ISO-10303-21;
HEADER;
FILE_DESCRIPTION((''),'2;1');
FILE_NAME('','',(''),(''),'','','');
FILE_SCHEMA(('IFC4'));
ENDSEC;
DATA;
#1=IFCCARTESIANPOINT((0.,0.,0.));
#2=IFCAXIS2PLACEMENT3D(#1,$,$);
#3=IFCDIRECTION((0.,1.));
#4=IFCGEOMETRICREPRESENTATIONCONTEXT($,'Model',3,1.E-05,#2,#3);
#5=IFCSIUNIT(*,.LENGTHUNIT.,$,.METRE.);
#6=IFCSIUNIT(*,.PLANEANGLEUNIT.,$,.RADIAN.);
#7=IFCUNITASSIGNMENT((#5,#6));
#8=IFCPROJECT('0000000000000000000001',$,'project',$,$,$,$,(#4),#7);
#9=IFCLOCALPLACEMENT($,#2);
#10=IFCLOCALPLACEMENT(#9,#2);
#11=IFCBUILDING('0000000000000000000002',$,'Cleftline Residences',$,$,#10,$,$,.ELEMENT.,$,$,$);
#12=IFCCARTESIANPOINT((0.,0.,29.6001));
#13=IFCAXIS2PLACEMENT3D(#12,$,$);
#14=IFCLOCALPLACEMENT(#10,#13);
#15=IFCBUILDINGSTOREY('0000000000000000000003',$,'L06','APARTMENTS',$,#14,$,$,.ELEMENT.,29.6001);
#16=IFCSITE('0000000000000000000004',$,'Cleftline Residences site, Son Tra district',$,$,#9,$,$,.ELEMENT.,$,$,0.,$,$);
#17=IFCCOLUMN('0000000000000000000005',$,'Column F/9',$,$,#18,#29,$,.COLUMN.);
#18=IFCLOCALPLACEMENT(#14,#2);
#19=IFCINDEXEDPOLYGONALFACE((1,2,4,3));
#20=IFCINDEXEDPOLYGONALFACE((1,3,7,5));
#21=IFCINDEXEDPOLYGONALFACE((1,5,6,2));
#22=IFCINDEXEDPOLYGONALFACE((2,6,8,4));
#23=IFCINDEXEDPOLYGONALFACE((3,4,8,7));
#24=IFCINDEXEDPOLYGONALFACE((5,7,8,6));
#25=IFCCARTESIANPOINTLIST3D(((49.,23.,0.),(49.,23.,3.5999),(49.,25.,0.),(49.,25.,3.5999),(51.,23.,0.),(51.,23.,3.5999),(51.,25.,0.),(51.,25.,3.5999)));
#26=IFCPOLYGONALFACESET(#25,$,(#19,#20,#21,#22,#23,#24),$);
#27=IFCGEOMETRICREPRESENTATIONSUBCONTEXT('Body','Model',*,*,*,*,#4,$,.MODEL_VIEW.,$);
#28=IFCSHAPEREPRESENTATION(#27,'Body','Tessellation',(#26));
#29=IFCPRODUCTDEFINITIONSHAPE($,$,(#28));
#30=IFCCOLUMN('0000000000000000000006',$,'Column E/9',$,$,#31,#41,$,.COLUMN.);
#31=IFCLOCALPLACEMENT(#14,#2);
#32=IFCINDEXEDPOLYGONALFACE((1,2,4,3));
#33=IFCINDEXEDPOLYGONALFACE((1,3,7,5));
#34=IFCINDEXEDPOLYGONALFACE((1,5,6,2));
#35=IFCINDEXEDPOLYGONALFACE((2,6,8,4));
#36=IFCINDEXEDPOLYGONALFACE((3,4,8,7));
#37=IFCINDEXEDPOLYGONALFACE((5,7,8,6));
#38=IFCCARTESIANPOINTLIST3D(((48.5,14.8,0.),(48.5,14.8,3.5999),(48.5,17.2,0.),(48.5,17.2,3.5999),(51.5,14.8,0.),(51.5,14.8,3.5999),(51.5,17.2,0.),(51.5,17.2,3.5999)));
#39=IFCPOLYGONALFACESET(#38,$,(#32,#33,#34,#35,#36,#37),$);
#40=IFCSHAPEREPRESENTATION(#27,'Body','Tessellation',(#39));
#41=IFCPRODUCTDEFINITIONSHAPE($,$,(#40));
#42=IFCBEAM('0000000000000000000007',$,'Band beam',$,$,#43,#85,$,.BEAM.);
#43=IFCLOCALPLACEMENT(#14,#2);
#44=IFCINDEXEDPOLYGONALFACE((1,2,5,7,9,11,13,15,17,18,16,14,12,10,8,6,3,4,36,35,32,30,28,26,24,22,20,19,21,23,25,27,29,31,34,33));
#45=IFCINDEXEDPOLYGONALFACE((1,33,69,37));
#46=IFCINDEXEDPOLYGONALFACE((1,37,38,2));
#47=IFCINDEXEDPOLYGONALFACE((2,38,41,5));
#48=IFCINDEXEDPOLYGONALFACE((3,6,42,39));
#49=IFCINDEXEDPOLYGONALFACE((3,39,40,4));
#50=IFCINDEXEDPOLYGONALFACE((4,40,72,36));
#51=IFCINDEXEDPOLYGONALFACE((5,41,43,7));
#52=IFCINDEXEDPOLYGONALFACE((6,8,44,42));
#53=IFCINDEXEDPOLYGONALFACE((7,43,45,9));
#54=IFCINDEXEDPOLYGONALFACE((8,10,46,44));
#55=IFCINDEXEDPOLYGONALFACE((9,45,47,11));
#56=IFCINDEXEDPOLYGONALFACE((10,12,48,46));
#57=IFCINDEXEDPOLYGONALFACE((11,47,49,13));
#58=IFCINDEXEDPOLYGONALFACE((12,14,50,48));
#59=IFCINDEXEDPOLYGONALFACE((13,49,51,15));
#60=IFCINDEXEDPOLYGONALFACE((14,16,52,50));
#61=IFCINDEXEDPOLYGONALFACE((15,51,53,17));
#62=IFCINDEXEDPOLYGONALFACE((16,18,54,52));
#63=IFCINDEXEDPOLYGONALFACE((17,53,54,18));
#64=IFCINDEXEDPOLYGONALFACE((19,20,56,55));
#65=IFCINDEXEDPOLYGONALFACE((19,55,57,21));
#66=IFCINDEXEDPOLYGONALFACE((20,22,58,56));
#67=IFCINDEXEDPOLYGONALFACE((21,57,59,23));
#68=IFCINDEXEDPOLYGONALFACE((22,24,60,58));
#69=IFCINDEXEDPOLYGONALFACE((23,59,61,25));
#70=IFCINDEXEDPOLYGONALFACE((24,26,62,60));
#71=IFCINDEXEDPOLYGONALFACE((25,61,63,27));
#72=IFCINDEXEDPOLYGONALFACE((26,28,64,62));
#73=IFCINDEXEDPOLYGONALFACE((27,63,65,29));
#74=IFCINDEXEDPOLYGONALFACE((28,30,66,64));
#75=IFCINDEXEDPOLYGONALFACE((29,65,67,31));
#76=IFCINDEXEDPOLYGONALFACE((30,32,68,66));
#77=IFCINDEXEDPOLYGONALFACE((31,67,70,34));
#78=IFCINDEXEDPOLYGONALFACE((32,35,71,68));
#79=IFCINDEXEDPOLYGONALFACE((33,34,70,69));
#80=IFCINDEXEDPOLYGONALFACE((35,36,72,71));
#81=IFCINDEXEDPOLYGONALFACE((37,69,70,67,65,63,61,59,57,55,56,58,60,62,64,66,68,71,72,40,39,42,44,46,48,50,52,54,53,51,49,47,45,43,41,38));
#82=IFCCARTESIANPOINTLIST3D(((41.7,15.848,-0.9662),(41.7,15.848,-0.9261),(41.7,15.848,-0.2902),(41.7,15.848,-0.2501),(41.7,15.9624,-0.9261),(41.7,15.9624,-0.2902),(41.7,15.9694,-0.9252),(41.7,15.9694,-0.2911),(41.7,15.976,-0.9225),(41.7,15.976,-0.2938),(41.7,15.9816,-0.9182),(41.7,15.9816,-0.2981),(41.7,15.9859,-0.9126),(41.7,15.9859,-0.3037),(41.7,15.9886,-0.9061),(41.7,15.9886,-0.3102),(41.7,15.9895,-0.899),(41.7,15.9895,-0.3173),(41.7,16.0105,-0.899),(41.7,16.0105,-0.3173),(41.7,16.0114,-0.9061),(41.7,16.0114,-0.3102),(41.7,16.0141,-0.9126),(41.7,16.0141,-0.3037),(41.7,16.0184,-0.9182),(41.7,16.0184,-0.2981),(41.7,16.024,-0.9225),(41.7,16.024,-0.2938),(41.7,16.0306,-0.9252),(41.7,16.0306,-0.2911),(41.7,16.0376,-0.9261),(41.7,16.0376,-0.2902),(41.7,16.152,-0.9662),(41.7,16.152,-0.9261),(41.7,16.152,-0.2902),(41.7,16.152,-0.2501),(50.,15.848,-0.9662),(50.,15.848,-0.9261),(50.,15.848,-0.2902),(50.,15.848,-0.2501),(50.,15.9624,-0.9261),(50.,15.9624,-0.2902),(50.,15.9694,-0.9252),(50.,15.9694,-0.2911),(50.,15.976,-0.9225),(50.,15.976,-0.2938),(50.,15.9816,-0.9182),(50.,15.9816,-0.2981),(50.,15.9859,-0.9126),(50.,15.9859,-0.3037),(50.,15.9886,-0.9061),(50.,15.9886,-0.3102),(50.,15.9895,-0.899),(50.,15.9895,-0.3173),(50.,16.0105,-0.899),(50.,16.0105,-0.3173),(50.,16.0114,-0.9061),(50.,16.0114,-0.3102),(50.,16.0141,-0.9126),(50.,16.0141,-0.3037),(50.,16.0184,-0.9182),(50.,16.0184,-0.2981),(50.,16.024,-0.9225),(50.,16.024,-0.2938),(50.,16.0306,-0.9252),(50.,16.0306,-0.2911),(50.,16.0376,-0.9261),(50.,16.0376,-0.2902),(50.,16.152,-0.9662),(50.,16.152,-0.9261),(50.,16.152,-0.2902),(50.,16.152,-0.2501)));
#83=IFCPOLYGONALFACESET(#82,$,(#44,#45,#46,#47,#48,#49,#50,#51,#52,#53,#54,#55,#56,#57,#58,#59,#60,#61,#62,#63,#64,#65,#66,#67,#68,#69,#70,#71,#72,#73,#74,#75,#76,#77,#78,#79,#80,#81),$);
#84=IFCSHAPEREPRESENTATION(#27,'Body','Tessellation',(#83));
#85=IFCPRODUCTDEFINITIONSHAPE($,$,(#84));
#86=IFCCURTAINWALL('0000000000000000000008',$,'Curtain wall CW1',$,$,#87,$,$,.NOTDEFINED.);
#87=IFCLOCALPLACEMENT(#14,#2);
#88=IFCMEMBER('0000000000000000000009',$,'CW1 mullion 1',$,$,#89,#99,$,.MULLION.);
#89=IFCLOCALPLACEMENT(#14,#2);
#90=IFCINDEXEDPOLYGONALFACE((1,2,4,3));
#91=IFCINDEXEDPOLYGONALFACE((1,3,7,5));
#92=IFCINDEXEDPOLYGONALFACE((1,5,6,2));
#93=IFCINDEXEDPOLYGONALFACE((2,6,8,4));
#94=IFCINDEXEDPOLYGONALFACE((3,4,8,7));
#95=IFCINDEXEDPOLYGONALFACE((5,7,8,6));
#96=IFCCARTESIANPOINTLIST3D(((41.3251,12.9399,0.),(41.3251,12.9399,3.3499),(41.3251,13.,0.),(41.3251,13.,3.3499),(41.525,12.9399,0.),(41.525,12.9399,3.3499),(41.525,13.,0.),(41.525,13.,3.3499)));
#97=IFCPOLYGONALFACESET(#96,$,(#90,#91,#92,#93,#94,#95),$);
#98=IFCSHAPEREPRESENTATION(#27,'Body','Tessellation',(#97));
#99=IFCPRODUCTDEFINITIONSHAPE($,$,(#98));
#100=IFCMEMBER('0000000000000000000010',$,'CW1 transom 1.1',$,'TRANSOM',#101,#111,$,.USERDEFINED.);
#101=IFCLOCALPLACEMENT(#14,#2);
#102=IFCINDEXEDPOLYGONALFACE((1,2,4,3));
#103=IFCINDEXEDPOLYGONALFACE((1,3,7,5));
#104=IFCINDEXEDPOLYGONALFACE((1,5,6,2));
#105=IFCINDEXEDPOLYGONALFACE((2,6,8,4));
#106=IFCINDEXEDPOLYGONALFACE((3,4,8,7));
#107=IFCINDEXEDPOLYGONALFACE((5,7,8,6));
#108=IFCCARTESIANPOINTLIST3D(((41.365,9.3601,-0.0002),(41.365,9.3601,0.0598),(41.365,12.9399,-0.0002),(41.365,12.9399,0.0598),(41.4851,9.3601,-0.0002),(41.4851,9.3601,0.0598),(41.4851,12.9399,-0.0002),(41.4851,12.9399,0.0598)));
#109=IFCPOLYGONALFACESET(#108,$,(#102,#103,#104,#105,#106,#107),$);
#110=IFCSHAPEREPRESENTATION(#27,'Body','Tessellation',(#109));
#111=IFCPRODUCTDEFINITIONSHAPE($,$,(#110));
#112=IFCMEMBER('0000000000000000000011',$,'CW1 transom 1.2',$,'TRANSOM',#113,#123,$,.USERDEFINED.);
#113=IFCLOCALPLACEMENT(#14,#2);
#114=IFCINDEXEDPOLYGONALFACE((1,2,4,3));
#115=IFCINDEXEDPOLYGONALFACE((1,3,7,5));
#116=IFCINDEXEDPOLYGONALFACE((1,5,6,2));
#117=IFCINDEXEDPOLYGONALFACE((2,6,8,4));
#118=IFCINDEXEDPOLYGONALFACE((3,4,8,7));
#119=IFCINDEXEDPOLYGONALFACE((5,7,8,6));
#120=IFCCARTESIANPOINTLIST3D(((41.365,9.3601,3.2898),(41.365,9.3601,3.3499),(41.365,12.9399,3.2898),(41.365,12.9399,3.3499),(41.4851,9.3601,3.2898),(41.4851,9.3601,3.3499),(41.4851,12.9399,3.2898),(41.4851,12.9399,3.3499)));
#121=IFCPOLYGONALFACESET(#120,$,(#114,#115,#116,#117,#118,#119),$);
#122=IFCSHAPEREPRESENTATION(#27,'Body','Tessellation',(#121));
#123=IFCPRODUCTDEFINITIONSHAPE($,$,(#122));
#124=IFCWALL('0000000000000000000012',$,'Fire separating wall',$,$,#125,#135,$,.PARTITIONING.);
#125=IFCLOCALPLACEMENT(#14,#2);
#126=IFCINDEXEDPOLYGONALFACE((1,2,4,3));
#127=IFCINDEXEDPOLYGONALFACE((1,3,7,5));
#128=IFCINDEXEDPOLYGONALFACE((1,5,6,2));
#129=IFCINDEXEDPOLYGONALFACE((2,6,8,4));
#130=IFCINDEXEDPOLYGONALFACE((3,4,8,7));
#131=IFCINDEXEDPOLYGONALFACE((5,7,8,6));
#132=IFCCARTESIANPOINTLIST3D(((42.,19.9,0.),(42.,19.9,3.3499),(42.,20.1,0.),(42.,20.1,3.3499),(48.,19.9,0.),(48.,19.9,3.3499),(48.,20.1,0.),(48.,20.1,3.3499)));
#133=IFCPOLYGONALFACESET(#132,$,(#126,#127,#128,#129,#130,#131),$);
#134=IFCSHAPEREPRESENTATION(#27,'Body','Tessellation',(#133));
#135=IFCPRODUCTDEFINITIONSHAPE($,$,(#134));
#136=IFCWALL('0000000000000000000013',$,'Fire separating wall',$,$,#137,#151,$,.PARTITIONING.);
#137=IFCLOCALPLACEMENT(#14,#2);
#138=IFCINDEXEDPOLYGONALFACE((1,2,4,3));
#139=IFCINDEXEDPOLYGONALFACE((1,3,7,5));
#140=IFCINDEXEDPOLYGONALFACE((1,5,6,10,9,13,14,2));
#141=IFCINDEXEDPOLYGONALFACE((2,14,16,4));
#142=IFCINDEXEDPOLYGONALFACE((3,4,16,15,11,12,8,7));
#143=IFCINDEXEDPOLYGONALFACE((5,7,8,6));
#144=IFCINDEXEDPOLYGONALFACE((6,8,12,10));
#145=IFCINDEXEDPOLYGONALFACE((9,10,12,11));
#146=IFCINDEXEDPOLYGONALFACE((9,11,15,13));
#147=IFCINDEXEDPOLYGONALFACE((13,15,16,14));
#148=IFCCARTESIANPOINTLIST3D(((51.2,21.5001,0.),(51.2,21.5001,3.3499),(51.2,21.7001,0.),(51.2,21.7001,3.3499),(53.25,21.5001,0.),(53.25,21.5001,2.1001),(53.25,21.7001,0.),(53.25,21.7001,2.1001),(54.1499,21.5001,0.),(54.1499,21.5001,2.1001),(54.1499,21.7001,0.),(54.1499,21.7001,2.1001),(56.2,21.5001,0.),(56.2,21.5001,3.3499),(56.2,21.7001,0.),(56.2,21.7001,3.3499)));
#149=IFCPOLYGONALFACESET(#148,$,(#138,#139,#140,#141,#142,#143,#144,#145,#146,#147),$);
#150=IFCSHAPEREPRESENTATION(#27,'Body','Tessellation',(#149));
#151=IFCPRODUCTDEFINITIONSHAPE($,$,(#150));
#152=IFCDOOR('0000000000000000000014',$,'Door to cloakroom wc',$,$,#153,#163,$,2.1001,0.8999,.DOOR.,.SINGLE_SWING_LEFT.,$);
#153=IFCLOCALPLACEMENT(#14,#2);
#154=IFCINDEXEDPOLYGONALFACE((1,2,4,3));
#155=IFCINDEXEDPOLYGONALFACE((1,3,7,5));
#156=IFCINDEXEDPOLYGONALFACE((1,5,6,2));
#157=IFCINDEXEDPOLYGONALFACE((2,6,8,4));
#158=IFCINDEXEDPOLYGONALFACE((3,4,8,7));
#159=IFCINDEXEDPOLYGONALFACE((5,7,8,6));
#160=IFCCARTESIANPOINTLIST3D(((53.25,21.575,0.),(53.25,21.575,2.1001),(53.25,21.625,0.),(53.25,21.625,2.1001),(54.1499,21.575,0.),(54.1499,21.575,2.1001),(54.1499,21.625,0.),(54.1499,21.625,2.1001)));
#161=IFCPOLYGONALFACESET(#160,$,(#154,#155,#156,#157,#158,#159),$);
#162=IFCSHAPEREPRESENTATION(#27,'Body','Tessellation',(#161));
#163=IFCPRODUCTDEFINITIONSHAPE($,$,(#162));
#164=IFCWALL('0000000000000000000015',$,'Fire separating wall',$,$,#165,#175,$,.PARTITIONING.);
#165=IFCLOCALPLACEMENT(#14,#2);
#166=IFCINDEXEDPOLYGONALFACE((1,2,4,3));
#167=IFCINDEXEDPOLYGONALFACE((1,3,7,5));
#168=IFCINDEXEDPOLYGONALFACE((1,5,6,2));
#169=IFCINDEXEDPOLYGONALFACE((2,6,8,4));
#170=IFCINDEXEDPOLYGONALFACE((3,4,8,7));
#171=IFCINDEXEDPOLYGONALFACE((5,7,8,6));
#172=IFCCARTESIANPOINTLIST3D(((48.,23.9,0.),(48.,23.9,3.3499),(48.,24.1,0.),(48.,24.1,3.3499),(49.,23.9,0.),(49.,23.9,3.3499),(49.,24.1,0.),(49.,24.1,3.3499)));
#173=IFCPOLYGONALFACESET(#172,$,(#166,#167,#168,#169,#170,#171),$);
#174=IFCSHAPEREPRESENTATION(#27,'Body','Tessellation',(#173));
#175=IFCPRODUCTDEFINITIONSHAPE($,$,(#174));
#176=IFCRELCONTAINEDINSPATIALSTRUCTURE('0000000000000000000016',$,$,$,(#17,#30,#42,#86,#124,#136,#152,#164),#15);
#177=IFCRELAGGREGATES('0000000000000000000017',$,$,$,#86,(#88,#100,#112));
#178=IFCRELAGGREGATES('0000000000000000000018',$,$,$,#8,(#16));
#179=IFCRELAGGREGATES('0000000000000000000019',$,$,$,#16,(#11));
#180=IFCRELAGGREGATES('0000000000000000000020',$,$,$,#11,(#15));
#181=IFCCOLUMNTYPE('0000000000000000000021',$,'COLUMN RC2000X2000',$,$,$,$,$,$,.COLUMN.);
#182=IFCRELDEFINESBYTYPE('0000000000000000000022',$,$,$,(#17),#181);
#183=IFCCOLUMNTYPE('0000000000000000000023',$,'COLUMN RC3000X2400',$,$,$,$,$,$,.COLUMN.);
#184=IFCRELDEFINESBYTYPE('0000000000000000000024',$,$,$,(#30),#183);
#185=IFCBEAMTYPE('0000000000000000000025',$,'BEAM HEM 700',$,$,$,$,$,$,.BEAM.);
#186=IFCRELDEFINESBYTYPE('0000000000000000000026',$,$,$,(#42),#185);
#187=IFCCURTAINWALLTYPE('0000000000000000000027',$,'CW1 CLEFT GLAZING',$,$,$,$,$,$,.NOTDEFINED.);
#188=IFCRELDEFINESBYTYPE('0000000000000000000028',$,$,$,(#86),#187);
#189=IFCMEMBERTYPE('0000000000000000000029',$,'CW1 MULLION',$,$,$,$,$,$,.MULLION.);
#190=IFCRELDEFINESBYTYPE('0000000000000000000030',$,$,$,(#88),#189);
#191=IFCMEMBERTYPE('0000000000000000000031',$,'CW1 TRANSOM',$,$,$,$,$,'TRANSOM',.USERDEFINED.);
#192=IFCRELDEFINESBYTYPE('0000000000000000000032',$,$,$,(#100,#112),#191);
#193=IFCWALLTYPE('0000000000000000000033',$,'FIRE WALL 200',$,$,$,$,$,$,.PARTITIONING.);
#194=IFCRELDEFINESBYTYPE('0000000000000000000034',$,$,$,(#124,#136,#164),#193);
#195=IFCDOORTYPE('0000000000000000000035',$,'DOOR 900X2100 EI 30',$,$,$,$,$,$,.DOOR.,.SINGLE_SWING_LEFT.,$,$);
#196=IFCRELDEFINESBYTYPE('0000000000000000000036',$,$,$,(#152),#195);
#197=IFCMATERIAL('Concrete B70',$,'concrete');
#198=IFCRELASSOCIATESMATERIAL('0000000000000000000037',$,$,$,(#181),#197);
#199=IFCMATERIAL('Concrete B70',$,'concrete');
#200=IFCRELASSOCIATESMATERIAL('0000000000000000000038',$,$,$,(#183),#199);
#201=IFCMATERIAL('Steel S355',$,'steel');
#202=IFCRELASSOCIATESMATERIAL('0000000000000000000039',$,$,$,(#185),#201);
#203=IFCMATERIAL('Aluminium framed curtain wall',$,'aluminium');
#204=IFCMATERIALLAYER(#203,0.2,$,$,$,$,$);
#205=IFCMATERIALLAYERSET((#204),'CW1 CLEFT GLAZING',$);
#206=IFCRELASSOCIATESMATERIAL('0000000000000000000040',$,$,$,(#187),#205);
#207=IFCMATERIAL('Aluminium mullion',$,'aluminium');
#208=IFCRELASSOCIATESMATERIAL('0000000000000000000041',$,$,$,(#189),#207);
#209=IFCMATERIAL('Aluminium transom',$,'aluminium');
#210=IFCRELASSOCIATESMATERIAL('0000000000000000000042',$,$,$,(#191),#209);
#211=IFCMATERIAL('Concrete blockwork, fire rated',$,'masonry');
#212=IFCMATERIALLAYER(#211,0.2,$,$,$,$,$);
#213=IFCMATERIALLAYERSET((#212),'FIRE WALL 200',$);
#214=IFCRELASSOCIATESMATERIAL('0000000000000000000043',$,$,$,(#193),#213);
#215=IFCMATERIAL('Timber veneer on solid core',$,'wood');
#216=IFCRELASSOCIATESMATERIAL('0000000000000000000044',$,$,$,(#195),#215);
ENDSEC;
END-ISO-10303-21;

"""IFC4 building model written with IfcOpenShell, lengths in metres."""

from ifc_helpers import new_model, si_unit, direction, frame, frame_2d, origin, origin_2d, place, context, subcontext, project, spatial, rectangle, i_section, extrude, material, layer, layer_set, material_profile, profile_set, type_object, element, fill, aggregate, save


model = new_model("IFC4")

# Units and contexts
model_context = context("Model", 3, precision=1e-05, world=origin(), true_north=direction((0.0, 1.0)))
body_context = subcontext(model_context, "Body", "Model", "MODEL_VIEW")
ifc_project = project(units=[si_unit("LENGTHUNIT", "METRE"), si_unit("PLANEANGLEUNIT", "RADIAN")], contexts=[model_context])

# Site, building, storey
site_placement = place(None, origin())
site = spatial("IfcSite", under=ifc_project, at=site_placement, Name="Cleftline Residences site, Son Tra district", CompositionType="ELEMENT", RefElevation=0.0)
building_placement = place(site_placement, origin())
building = spatial("IfcBuilding", under=site, at=building_placement, Name="Cleftline Residences", CompositionType="ELEMENT")
storey_placement = place(building_placement, frame((0.0, 0.0, 29.6001)))
storey = spatial("IfcBuildingStorey", under=building, at=storey_placement, Name="L06", Description="APARTMENTS", CompositionType="ELEMENT", Elevation=29.6001)

# Columns
ifc_material_1 = material(Name="Concrete B70", Category="concrete")
ifc_material_profile_1 = material_profile(ifc_material_1, rectangle(XDim=2.0, YDim=2.0, at=origin_2d()))
ifc_profile_set_1 = profile_set([ifc_material_profile_1], Name="Concrete B70")
column_type_1 = type_object("IfcColumnType", Name="COLUMN RC2000X2000", PredefinedType="COLUMN", material=ifc_profile_set_1)
column_1_placement = place(storey_placement, frame((50.0, 24.0, 0.0), z_axis=(0.0, 0.0, 1.0), x_axis=(1.0, 0.0, 0.0)))
element("IfcColumn", 1, at=column_1_placement, inside=storey, type_object=column_type_1, Name="Column F/9", PredefinedType="COLUMN", context=body_context, shape_type="SweptSolid", body=[
    extrude(rectangle(XDim=2.0, YDim=2.0, at=origin_2d()), origin(), (0.0, 0.0, 1.0), 3.5999),
])
ifc_material_2 = material(Name="Concrete B70", Category="concrete")
ifc_material_profile_2 = material_profile(ifc_material_2, rectangle(XDim=3.0, YDim=2.3999, at=origin_2d()))
ifc_profile_set_2 = profile_set([ifc_material_profile_2], Name="Concrete B70")
column_type_2 = type_object("IfcColumnType", Name="COLUMN RC3000X2400", PredefinedType="COLUMN", material=ifc_profile_set_2)
column_2_placement = place(storey_placement, frame((50.0, 16.0, 0.0), z_axis=(0.0, 0.0, 1.0), x_axis=(1.0, 0.0, 0.0)))
element("IfcColumn", 2, at=column_2_placement, inside=storey, type_object=column_type_2, Name="Column E/9", PredefinedType="COLUMN", context=body_context, shape_type="SweptSolid", body=[
    extrude(rectangle(XDim=3.0, YDim=2.3999, at=origin_2d()), origin(), (0.0, 0.0, 1.0), 3.5999),
])

# Beam
ifc_material_3 = material(Name="Steel S355", Category="steel")
ifc_material_profile_3 = material_profile(ifc_material_3, i_section(OverallWidth=0.304, OverallDepth=0.7161, WebThickness=0.021, FlangeThickness=0.04, FilletRadius=0.0271, at=origin_2d()))
ifc_profile_set_3 = profile_set([ifc_material_profile_3], Name="Steel S355")
beam_type = type_object("IfcBeamType", Name="BEAM HEM 700", PredefinedType="BEAM", material=ifc_profile_set_3)
beam_placement = place(storey_placement, frame((50.0, 16.0, -0.6082), z_axis=(-1.0, 0.0, 0.0), x_axis=(0.0, -1.0, 0.0)))
element("IfcBeam", 3, at=beam_placement, inside=storey, type_object=beam_type, Name="Band beam", PredefinedType="BEAM", context=body_context, shape_type="SweptSolid", body=[
    extrude(i_section(OverallWidth=0.304, OverallDepth=0.7161, WebThickness=0.021, FlangeThickness=0.04, FilletRadius=0.0271, at=origin_2d()), origin(), (0.0, 0.0, 1.0), 8.3),
])

# Curtain wall, members
ifc_material_4 = material(Name="Aluminium framed curtain wall", Category="aluminium")
ifc_layer_1 = layer(ifc_material_4, 0.2)
ifc_layer_set_1 = layer_set([ifc_layer_1], Name="CW1 CLEFT GLAZING")
curtain_wall_type = type_object("IfcCurtainWallType", Name="CW1 CLEFT GLAZING", PredefinedType="NOTDEFINED", material=ifc_layer_set_1)
curtain_wall_placement = place(storey_placement, origin())
curtain_wall = element("IfcCurtainWall", 4, at=curtain_wall_placement, inside=storey, type_object=curtain_wall_type, Name="Curtain wall CW1", PredefinedType="NOTDEFINED")
ifc_material_5 = material(Name="Aluminium mullion", Category="aluminium")
ifc_material_profile_4 = material_profile(ifc_material_5, rectangle(XDim=0.2, YDim=0.0601, at=origin_2d()))
ifc_profile_set_4 = profile_set([ifc_material_profile_4], Name="Aluminium mullion")
member_type_1 = type_object("IfcMemberType", Name="CW1 MULLION", PredefinedType="MULLION", material=ifc_profile_set_4)
member_1_placement = place(storey_placement, frame((41.425, 12.97, 0.0), z_axis=(0.0, 0.0, 1.0), x_axis=(1.0, 0.0, 0.0)))
member_1 = element("IfcMember", 5, at=member_1_placement, type_object=member_type_1, Name="CW1 mullion 1", PredefinedType="MULLION", context=body_context, shape_type="SweptSolid", body=[
    extrude(rectangle(XDim=0.2, YDim=0.0601, at=origin_2d()), origin(), (0.0, 0.0, 1.0), 3.3499),
])
ifc_material_6 = material(Name="Aluminium transom", Category="aluminium")
ifc_material_profile_5 = material_profile(ifc_material_6, rectangle(XDim=0.1201, YDim=0.0601, at=origin_2d()))
ifc_profile_set_5 = profile_set([ifc_material_profile_5], Name="Aluminium transom")
member_type_2 = type_object("IfcMemberType", Name="CW1 TRANSOM", ElementType="TRANSOM", PredefinedType="USERDEFINED", material=ifc_profile_set_5)
member_2_placement = place(storey_placement, frame((41.425, 12.9399, 0.0298), z_axis=(0.0, -1.0, 0.0), x_axis=(1.0, 0.0, 0.0)))
member_2 = element("IfcMember", 6, at=member_2_placement, type_object=member_type_2, Name="CW1 transom 1.1", ObjectType="TRANSOM", PredefinedType="USERDEFINED", context=body_context, shape_type="SweptSolid", body=[
    extrude(rectangle(XDim=0.1201, YDim=0.0601, at=origin_2d()), origin(), (0.0, 0.0, 1.0), 3.5798),
])
member_3_placement = place(storey_placement, frame((41.425, 12.9399, 3.3198), z_axis=(0.0, -1.0, 0.0), x_axis=(1.0, 0.0, 0.0)))
member_3 = element("IfcMember", 7, at=member_3_placement, type_object=member_type_2, Name="CW1 transom 1.2", ObjectType="TRANSOM", PredefinedType="USERDEFINED", context=body_context, shape_type="SweptSolid", body=[
    extrude(rectangle(XDim=0.1201, YDim=0.0601, at=origin_2d()), origin(), (0.0, 0.0, 1.0), 3.5798),
])
aggregate(curtain_wall, [member_1, member_2, member_3])

# Wall
ifc_material_7 = material(Name="Concrete blockwork, fire rated", Category="masonry")
ifc_layer_2 = layer(ifc_material_7, 0.2)
ifc_layer_set_2 = layer_set([ifc_layer_2], Name="FIRE WALL 200")
wall_type_1 = type_object("IfcWallType", Name="FIRE WALL 200", PredefinedType="PARTITIONING", material=ifc_layer_set_2)
wall_1_placement = place(storey_placement, frame((42.0, 20.0, 0.0), z_axis=(0.0, 0.0, 1.0), x_axis=(1.0, 0.0, 0.0)))
element("IfcWall", 8, at=wall_1_placement, inside=storey, type_object=wall_type_1, Name="Fire separating wall", PredefinedType="PARTITIONING", context=body_context, shape_type="SweptSolid", body=[
    extrude(rectangle(XDim=6.0, YDim=0.2, at=frame_2d((3.0, 0.0))), origin(), (0.0, 0.0, 1.0), 3.3499),
])

# Wall, opening, door
wall_2_placement = place(storey_placement, frame((51.2, 21.6001, 0.0), z_axis=(0.0, 0.0, 1.0), x_axis=(1.0, 0.0, 0.0)))
wall_2 = element("IfcWall", 9, at=wall_2_placement, inside=storey, type_object=wall_type_1, Name="Fire separating wall", PredefinedType="PARTITIONING", context=body_context, shape_type="SweptSolid", body=[
    extrude(rectangle(XDim=5.0, YDim=0.2, at=frame_2d((2.5, 0.0))), origin(), (0.0, 0.0, 1.0), 3.3499),
])
opening_1_placement = place(wall_2_placement, frame((2.05, 0.0, 0.0)))
opening_1 = element("IfcOpeningElement", 10, at=opening_1_placement, cuts=wall_2, PredefinedType="OPENING", context=body_context, shape_type="SweptSolid", body=[
    extrude(rectangle(XDim=0.8999, YDim=2.1001, at=frame_2d((0.45, 1.05))), frame((0.0, 0.1099, 0.0), z_axis=(0.0, -1.0, 0.0), x_axis=(1.0, 0.0, 0.0)), (0.0, 0.0, 1.0), 0.22),
])
ifc_material_8 = material(Name="Timber veneer on solid core", Category="wood")
door_type_1 = type_object("IfcDoorType", Name="DOOR 900X2100 EI 30", OperationType="SINGLE_SWING_LEFT", PredefinedType="DOOR", material=ifc_material_8)
door_1_placement = place(opening_1_placement, origin())
door_1 = element("IfcDoor", 11, at=door_1_placement, inside=storey, type_object=door_type_1, Name="Door to cloakroom wc", OperationType="SINGLE_SWING_LEFT", OverallHeight=2.1001, OverallWidth=0.8999, PredefinedType="DOOR", context=body_context, shape_type="SweptSolid", body=[
    extrude(rectangle(XDim=0.8999, YDim=2.1001, at=frame_2d((0.45, 1.05))), frame((0.0, 0.0249, 0.0), z_axis=(0.0, -1.0, 0.0), x_axis=(1.0, 0.0, 0.0)), (0.0, 0.0, 1.0), 0.05),
])
fill(opening_1, door_1)

# Wall
wall_3_placement = place(storey_placement, frame((48.0, 24.0, 0.0), z_axis=(0.0, 0.0, 1.0), x_axis=(1.0, 0.0, 0.0)))
element("IfcWall", 12, at=wall_3_placement, inside=storey, type_object=wall_type_1, Name="Fire separating wall", PredefinedType="PARTITIONING", context=body_context, shape_type="SweptSolid", body=[
    extrude(rectangle(XDim=1.0, YDim=0.2, at=frame_2d((0.5, 0.0))), origin(), (0.0, 0.0, 1.0), 3.3499),
])

save(model, "model.ifc")
